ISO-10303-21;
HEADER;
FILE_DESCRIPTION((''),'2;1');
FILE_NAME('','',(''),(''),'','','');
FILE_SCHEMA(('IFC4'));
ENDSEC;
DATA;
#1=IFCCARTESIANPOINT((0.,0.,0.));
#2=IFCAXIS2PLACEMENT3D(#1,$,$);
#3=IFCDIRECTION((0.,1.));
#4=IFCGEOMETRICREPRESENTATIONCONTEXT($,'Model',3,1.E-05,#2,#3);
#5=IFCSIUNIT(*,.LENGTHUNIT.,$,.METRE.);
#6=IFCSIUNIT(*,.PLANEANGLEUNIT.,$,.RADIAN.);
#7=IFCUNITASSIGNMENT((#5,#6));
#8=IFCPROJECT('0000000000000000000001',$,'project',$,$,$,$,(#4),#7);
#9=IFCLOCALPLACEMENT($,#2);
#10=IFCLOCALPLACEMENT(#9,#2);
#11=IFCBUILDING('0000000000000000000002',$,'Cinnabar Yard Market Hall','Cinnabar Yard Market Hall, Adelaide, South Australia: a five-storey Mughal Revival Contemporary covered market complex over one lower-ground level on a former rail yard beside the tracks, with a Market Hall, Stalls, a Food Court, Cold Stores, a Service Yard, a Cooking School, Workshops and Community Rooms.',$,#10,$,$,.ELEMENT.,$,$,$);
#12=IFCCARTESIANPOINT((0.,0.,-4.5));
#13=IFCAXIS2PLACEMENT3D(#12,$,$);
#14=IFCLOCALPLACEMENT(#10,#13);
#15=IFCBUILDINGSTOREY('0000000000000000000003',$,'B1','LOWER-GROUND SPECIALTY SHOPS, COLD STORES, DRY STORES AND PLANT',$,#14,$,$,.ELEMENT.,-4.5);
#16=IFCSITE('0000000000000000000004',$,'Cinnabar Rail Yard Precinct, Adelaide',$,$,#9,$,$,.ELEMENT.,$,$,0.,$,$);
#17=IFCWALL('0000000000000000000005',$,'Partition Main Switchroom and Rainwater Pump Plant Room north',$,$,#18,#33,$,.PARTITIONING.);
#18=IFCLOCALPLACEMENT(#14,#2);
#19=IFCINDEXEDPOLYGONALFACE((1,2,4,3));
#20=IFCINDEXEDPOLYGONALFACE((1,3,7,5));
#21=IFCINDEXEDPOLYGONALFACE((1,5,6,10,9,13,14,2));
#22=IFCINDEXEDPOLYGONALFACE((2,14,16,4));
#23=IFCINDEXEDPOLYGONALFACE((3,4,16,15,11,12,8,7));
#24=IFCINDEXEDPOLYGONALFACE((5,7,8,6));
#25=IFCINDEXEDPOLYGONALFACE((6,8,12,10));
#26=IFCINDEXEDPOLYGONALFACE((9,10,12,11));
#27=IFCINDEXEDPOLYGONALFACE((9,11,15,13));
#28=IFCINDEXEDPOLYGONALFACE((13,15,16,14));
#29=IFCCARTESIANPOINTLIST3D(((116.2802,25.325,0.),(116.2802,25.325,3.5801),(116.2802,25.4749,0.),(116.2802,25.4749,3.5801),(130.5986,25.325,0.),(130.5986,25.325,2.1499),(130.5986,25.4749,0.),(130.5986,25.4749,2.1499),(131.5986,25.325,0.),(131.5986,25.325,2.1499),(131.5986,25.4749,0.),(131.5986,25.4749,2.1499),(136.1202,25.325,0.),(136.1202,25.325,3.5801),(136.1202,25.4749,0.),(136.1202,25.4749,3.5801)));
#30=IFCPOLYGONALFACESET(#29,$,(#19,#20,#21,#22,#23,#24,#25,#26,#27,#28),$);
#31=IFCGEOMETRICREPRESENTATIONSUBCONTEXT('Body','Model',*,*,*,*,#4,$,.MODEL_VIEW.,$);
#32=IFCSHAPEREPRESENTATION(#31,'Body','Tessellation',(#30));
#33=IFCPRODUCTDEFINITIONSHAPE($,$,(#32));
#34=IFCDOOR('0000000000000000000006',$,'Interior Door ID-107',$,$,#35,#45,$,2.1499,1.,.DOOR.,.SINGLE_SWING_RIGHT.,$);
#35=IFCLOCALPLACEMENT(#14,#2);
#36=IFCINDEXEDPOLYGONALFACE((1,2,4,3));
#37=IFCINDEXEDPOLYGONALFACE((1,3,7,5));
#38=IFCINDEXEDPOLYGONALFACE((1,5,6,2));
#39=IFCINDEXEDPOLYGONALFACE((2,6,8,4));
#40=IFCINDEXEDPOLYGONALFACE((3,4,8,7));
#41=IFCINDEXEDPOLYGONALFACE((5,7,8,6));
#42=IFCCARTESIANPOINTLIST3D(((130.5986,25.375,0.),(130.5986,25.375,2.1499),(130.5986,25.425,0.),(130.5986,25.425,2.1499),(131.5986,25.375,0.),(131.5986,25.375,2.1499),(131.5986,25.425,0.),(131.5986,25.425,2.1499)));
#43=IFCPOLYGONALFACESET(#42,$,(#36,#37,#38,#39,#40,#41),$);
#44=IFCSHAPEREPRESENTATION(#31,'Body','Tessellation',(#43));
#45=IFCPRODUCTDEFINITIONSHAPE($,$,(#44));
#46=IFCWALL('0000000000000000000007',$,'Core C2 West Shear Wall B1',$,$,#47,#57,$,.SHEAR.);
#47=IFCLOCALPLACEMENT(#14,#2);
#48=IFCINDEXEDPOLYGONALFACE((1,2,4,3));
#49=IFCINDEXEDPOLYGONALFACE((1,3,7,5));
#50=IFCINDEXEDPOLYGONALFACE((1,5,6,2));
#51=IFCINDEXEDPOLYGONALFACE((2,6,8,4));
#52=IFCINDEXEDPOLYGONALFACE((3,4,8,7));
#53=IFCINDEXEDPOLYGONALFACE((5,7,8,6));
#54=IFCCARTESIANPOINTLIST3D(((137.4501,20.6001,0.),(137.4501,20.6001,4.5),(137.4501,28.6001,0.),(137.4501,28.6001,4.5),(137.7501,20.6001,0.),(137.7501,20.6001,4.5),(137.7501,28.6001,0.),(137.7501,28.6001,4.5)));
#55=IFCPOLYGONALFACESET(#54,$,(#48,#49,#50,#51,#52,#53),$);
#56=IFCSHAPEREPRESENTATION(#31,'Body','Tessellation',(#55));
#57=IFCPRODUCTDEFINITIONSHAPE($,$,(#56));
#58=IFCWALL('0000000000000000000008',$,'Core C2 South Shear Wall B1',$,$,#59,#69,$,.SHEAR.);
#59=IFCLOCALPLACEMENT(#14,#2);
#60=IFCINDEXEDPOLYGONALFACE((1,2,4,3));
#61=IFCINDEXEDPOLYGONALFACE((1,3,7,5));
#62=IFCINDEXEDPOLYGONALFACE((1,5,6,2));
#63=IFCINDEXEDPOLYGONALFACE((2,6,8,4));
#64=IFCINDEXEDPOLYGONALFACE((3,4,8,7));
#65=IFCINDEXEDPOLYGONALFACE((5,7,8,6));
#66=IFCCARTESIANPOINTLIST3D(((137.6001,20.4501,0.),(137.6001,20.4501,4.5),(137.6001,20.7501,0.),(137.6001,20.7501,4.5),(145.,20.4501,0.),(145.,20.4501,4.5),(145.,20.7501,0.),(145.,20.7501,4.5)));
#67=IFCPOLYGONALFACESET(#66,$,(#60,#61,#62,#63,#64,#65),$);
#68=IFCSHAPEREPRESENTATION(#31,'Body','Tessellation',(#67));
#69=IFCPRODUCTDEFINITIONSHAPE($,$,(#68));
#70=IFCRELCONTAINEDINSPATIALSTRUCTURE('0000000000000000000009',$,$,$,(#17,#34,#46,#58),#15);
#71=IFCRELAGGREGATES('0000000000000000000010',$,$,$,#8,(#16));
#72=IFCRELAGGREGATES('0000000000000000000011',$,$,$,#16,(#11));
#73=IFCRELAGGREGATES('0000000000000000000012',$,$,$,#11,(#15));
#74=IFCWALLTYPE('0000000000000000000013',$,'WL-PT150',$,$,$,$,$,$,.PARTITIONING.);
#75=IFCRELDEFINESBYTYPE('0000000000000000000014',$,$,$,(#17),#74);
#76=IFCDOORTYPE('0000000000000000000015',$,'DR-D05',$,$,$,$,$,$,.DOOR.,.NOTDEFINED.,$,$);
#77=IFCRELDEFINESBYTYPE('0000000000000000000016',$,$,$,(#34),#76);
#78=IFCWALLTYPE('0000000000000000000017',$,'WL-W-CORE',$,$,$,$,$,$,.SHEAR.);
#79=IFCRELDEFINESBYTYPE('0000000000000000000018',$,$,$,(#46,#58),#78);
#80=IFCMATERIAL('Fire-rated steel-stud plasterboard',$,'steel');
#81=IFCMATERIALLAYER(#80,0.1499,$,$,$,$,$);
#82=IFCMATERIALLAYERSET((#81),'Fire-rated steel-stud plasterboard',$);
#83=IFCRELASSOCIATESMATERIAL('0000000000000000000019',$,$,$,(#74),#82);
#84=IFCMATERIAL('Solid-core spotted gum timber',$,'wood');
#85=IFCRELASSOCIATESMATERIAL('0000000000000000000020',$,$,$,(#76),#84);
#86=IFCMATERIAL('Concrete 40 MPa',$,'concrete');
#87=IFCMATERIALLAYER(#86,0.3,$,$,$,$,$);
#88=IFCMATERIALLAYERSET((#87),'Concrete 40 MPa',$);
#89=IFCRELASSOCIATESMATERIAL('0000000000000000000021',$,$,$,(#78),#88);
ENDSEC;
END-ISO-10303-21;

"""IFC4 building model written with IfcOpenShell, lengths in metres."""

from ifc_helpers import new_model, si_unit, direction, frame, frame_2d, origin, place, context, subcontext, project, spatial, rectangle, extrude, material, layer, layer_set, type_object, element, fill, save


model = new_model("IFC4")

# Units and contexts
model_context = context("Model", 3, precision=1e-05, world=origin(), true_north=direction((0.0, 1.0)))
body_context = subcontext(model_context, "Body", "Model", "MODEL_VIEW")
ifc_project = project(units=[si_unit("LENGTHUNIT", "METRE"), si_unit("PLANEANGLEUNIT", "RADIAN")], contexts=[model_context])

# Site, building, storey
site_placement = place(None, origin())
site = spatial("IfcSite", under=ifc_project, at=site_placement, Name="Cinnabar Rail Yard Precinct, Adelaide", CompositionType="ELEMENT", RefElevation=0.0)
building_placement = place(site_placement, origin())
building = spatial("IfcBuilding", under=site, at=building_placement, Name="Cinnabar Yard Market Hall", Description="Cinnabar Yard Market Hall, Adelaide, South Australia: a five-storey Mughal Revival Contemporary covered market complex over one lower-ground level on a former rail yard beside the tracks, with a Market Hall, Stalls, a Food Court, Cold Stores, a Service Yard, a Cooking School, Workshops and Community Rooms.", CompositionType="ELEMENT")
storey_placement = place(building_placement, frame((0.0, 0.0, -4.5)))
storey = spatial("IfcBuildingStorey", under=building, at=storey_placement, Name="B1", Description="LOWER-GROUND SPECIALTY SHOPS, COLD STORES, DRY STORES AND PLANT", CompositionType="ELEMENT", Elevation=-4.5)

# Shared definitions
ifc_material_1 = material(Name="Concrete 40 MPa", Category="concrete")

# Shared definitions
ifc_material_2 = material(Name="Fire-rated steel-stud plasterboard", Category="steel")
ifc_layer_1 = layer(ifc_material_2, 0.1499)
ifc_layer_set_1 = layer_set([ifc_layer_1], Name="Fire-rated steel-stud plasterboard")
wall_type_1 = type_object("IfcWallType", Name="WL-PT150", PredefinedType="PARTITIONING", material=ifc_layer_set_1)

# Wall, opening, door
wall_1_placement = place(storey_placement, frame((136.1201, 25.3999, 0.0), z_axis=(0.0, 0.0, 1.0), x_axis=(-1.0, 0.0, 0.0)))
wall_1 = element("IfcWall", 1, at=wall_1_placement, inside=storey, type_object=wall_type_1, Name="Partition Main Switchroom and Rainwater Pump Plant Room north", PredefinedType="PARTITIONING", context=body_context, shape_type="SweptSolid", body=[
    extrude(rectangle(XDim=19.8401, YDim=0.1499, at=frame_2d((9.9199, 0.0), x_axis=(1.0, 0.0))), origin(), (0.0, 0.0, 1.0), 3.5801),
])
opening_placement = place(wall_1_placement, frame((4.5215, 0.0, 0.0)))
opening = element("IfcOpeningElement", 2, at=opening_placement, cuts=wall_1, PredefinedType="OPENING", context=body_context, shape_type="SweptSolid", body=[
    extrude(rectangle(XDim=1.0, YDim=2.1499, at=frame_2d((0.5, 1.075), x_axis=(1.0, 0.0))), frame((0.0, 0.085, 0.0), z_axis=(0.0, -1.0, 0.0), x_axis=(1.0, 0.0, 0.0)), (0.0, 0.0, 1.0), 0.1699),
])
ifc_material_3 = material(Name="Solid-core spotted gum timber", Category="wood")
door_type = type_object("IfcDoorType", Name="DR-D05", OperationType="NOTDEFINED", PredefinedType="DOOR", material=ifc_material_3)
door_placement = place(opening_placement, origin())
door = element("IfcDoor", 3, at=door_placement, inside=storey, type_object=door_type, Name="Interior Door ID-107", OperationType="SINGLE_SWING_RIGHT", OverallHeight=2.1499, OverallWidth=1.0, PredefinedType="DOOR", context=body_context, shape_type="SweptSolid", body=[
    extrude(rectangle(XDim=1.0, YDim=2.1499, at=frame_2d((0.5, 1.075), x_axis=(1.0, 0.0))), frame((0.0, 0.0249, 0.0), z_axis=(0.0, -1.0, 0.0), x_axis=(1.0, 0.0, 0.0)), (0.0, 0.0, 1.0), 0.05),
])
fill(opening, door)

# Walls
ifc_layer_2 = layer(ifc_material_1, 0.3)
ifc_layer_set_2 = layer_set([ifc_layer_2], Name="Concrete 40 MPa")
wall_type_2 = type_object("IfcWallType", Name="WL-W-CORE", PredefinedType="SHEAR", material=ifc_layer_set_2)
wall_2_placement = place(storey_placement, frame((137.6001, 28.6001, 0.0), z_axis=(0.0, 0.0, 1.0), x_axis=(0.0, -1.0, 0.0)))
element("IfcWall", 4, at=wall_2_placement, inside=storey, type_object=wall_type_2, Name="Core C2 West Shear Wall B1", PredefinedType="SHEAR", context=body_context, shape_type="SweptSolid", body=[
    extrude(rectangle(XDim=8.0, YDim=0.3, at=frame_2d((4.0, 0.0), x_axis=(1.0, 0.0))), origin(), (0.0, 0.0, 1.0), 4.5),
])
wall_3_placement = place(storey_placement, frame((137.6001, 20.6001, 0.0), z_axis=(0.0, 0.0, 1.0), x_axis=(1.0, 0.0, 0.0)))
element("IfcWall", 5, at=wall_3_placement, inside=storey, type_object=wall_type_2, Name="Core C2 South Shear Wall B1", PredefinedType="SHEAR", context=body_context, shape_type="SweptSolid", body=[
    extrude(rectangle(XDim=7.3999, YDim=0.3, at=frame_2d((3.7, 0.0), x_axis=(1.0, 0.0))), origin(), (0.0, 0.0, 1.0), 4.5),
])

save(model, "model.ifc")
